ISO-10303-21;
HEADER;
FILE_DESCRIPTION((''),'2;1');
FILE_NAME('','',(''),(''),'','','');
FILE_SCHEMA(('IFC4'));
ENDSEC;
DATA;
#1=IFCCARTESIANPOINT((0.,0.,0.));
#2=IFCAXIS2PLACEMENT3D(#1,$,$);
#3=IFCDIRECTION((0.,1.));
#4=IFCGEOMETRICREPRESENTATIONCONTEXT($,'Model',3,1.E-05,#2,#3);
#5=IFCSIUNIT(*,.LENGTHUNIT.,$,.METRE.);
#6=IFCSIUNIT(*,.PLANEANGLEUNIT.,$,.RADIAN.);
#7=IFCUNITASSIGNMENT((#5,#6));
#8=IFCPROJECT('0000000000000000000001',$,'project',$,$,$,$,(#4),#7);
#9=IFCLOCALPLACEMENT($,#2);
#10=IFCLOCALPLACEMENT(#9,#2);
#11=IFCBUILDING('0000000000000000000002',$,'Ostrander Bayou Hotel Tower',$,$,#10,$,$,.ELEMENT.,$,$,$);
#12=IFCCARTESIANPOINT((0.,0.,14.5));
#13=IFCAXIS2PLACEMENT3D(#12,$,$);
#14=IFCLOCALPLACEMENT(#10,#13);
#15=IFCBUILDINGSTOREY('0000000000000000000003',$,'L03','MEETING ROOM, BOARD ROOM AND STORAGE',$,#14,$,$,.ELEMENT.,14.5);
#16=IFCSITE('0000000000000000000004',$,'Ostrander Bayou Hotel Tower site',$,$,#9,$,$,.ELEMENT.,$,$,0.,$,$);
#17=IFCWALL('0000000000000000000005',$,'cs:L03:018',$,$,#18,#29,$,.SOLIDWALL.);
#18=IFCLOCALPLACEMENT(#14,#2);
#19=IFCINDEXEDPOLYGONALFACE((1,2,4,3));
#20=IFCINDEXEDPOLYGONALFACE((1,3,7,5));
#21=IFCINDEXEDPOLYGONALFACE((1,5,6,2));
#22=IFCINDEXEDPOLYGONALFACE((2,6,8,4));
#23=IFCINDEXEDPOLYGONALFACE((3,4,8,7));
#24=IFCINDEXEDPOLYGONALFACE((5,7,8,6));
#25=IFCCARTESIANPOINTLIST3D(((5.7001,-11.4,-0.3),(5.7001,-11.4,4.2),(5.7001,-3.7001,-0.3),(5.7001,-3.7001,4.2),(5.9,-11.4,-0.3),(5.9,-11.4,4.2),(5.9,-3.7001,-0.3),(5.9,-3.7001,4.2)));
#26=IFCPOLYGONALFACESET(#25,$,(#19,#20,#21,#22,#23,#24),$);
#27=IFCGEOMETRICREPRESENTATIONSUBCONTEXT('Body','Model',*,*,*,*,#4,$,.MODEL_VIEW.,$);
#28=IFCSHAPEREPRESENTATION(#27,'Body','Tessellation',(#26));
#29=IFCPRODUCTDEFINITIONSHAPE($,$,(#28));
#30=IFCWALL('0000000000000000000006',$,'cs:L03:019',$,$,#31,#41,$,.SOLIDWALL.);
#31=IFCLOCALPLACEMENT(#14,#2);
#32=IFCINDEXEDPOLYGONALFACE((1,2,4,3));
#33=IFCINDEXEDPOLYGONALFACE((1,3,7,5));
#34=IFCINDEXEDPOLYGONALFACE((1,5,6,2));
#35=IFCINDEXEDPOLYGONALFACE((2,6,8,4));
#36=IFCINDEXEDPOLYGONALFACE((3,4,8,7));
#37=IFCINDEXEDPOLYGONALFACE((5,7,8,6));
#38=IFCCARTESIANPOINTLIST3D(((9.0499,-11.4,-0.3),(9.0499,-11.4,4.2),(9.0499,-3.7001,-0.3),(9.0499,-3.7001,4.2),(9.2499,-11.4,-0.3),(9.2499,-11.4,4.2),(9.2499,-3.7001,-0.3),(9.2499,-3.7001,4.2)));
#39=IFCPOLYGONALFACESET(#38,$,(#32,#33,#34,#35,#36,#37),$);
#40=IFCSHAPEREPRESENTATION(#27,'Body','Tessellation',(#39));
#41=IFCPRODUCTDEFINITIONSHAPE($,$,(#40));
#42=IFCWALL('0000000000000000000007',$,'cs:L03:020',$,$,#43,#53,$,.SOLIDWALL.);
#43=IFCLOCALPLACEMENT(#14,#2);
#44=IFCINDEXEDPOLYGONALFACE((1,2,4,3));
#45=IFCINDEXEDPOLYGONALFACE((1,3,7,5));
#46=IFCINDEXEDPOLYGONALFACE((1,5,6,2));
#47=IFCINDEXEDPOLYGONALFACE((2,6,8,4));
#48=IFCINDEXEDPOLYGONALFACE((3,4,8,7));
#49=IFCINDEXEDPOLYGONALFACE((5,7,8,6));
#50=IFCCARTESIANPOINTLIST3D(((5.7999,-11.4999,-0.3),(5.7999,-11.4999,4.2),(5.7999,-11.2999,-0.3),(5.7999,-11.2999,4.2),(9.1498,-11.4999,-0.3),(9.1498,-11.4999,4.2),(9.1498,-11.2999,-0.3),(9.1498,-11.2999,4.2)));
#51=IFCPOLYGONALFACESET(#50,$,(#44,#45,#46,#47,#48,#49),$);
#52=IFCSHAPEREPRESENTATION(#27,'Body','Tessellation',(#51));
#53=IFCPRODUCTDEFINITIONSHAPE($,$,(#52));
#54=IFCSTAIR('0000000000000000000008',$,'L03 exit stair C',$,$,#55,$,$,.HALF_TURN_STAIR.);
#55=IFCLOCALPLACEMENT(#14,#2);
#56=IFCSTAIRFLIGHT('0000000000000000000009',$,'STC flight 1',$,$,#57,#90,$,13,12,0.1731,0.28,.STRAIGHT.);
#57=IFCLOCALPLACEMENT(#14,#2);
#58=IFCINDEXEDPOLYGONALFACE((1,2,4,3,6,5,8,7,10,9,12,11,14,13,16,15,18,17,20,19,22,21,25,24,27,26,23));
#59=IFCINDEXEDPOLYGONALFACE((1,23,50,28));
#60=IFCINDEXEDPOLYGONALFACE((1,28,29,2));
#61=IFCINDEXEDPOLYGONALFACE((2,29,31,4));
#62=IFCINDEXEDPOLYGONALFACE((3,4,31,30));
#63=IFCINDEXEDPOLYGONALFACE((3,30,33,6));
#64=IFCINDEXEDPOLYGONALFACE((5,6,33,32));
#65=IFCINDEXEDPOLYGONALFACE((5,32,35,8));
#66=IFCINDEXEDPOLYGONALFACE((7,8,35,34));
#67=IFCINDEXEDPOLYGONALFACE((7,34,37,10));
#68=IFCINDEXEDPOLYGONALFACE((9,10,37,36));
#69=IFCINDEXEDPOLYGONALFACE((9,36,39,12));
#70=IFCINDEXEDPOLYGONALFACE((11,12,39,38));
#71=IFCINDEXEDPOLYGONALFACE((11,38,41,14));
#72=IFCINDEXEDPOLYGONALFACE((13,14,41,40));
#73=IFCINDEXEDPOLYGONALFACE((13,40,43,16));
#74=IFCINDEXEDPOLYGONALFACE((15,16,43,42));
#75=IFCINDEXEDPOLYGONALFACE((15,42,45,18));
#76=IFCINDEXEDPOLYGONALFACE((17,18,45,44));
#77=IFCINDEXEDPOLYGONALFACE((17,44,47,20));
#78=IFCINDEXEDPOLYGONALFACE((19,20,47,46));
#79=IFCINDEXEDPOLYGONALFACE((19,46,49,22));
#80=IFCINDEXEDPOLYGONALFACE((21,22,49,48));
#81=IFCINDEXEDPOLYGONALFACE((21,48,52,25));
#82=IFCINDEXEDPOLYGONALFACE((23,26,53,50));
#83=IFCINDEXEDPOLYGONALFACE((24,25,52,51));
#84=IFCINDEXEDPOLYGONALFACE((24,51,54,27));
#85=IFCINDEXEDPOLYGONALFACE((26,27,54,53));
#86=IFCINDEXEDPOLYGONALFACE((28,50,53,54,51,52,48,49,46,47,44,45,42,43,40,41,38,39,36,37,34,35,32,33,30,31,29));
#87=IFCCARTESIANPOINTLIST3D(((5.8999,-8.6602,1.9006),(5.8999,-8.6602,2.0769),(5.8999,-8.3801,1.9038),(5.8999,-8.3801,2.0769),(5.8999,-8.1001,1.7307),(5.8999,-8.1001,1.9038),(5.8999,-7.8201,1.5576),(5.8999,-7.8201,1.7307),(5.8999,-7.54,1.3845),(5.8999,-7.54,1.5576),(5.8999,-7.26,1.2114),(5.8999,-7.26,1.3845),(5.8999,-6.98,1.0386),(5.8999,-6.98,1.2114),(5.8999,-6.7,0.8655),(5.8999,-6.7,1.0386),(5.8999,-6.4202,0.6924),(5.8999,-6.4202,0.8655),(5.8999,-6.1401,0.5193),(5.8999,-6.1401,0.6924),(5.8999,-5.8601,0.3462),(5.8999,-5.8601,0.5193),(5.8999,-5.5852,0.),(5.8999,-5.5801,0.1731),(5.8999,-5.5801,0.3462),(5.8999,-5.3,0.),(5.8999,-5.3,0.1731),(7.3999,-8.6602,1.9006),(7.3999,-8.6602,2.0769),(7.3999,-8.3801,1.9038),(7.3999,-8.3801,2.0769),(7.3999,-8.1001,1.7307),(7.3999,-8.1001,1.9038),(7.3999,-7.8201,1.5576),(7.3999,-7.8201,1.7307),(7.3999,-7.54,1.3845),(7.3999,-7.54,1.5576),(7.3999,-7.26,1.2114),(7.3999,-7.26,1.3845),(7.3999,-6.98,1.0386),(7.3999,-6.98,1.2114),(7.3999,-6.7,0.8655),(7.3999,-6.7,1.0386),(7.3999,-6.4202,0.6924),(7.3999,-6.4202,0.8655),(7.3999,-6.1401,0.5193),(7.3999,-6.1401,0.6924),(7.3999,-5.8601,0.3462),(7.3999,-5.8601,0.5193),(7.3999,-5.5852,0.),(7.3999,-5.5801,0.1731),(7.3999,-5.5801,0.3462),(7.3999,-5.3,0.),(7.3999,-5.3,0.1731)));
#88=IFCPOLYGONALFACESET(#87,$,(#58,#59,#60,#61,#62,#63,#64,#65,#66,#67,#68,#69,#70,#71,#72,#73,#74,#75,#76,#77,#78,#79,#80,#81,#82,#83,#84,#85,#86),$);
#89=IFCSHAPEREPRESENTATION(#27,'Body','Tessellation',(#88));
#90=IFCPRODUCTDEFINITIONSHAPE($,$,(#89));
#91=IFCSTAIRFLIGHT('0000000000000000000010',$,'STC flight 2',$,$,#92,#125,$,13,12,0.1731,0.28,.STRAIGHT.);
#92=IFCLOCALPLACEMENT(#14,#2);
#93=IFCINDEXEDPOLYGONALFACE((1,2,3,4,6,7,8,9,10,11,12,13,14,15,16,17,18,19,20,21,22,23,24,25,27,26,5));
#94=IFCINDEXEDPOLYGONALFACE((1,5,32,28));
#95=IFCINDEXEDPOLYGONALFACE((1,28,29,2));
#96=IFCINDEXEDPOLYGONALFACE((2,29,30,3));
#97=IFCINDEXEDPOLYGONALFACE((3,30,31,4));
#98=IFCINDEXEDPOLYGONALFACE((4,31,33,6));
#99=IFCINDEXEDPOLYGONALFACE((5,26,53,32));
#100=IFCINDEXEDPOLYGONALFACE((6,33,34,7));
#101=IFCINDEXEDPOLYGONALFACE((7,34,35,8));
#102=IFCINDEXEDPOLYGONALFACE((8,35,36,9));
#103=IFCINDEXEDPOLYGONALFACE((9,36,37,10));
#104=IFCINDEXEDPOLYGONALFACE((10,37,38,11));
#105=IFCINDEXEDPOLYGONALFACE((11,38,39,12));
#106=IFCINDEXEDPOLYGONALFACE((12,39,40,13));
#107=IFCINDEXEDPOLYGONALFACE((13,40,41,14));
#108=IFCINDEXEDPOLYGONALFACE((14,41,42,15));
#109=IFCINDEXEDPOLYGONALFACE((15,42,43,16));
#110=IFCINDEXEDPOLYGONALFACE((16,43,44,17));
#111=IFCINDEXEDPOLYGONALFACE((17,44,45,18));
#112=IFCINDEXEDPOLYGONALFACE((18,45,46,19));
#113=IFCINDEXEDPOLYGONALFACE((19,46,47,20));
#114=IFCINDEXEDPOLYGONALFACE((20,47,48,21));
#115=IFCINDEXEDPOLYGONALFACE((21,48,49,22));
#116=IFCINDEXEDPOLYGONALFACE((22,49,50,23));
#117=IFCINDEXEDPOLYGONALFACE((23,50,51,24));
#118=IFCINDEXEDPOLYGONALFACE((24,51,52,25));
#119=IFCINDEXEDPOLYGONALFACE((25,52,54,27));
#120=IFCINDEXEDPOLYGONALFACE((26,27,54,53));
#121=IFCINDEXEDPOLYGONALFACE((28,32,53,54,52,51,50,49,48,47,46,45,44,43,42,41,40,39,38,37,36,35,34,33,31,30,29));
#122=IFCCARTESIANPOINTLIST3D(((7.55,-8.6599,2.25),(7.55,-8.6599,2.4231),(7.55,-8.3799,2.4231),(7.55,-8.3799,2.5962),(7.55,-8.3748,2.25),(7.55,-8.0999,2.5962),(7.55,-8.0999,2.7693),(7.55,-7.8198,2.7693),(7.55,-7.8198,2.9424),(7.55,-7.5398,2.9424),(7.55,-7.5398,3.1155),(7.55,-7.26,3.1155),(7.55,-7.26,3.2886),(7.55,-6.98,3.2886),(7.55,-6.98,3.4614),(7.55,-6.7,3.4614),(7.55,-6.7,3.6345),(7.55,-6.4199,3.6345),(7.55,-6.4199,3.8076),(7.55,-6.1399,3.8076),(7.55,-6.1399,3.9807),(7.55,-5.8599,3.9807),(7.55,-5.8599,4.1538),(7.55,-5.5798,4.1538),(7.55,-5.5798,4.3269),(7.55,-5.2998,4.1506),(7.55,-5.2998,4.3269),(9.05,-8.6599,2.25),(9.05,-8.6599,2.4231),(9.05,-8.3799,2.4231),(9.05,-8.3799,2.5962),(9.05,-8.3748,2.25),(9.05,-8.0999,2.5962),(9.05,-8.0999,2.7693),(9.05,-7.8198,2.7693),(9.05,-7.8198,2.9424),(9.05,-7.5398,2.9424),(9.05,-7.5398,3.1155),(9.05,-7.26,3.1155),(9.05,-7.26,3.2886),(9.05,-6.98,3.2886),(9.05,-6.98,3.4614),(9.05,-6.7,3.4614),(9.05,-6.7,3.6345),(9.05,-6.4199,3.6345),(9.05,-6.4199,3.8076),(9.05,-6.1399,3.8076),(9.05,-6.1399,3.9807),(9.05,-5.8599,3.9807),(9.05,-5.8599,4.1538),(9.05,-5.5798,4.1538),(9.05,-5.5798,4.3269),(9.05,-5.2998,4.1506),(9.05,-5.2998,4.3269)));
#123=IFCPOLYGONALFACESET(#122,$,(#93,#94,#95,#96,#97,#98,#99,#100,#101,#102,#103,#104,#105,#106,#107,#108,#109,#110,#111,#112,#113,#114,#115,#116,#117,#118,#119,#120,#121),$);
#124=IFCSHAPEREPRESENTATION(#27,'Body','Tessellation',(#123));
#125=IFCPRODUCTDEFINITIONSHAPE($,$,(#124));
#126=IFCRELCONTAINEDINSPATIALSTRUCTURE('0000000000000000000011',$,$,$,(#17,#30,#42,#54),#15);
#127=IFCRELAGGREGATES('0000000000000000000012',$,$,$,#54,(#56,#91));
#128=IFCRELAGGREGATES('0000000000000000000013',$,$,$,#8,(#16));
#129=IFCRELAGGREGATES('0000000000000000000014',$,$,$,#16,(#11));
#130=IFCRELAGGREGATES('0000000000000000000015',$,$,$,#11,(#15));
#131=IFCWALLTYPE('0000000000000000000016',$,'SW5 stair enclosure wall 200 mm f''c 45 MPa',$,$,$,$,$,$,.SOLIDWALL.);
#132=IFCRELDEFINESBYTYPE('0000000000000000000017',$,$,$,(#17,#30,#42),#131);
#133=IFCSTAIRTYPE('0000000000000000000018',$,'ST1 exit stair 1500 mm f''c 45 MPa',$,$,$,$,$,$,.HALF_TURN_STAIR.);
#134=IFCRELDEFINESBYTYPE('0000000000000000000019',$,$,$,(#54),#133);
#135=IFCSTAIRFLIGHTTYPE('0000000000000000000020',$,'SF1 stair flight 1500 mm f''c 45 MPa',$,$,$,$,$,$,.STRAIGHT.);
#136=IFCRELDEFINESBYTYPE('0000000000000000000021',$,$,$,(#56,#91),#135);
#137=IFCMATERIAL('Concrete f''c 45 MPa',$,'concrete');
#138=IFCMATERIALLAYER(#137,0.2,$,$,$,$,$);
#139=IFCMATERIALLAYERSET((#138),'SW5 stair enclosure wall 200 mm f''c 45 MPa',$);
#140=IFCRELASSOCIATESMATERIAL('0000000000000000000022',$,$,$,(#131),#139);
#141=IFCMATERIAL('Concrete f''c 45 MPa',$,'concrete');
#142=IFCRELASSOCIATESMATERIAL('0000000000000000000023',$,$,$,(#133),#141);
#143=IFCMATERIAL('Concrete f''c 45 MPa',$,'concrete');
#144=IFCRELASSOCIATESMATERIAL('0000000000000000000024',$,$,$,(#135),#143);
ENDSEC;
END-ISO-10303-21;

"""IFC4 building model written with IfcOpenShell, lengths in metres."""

from ifc_helpers import new_model, si_unit, direction, frame, frame_2d, origin, place, context, subcontext, project, spatial, polyline, rectangle, outline, extrude, material, layer, layer_set, type_object, element, aggregate, save


model = new_model("IFC4")

# Units and contexts
model_context = context("Model", 3, precision=1e-05, world=origin(), true_north=direction((0.0, 1.0)))
body_context = subcontext(model_context, "Body", "Model", "MODEL_VIEW")
ifc_project = project(units=[si_unit("LENGTHUNIT", "METRE"), si_unit("PLANEANGLEUNIT", "RADIAN")], contexts=[model_context])

# Site, building, storey
site_placement = place(None, origin())
site = spatial("IfcSite", under=ifc_project, at=site_placement, Name="Ostrander Bayou Hotel Tower site", CompositionType="ELEMENT", RefElevation=0.0)
building_placement = place(site_placement, origin())
building = spatial("IfcBuilding", under=site, at=building_placement, Name="Ostrander Bayou Hotel Tower", CompositionType="ELEMENT")
storey_placement = place(building_placement, frame((0.0, 0.0, 14.5)))
storey = spatial("IfcBuildingStorey", under=building, at=storey_placement, Name="L03", Description="MEETING ROOM, BOARD ROOM AND STORAGE", CompositionType="ELEMENT", Elevation=14.5)

# Shared definitions
ifc_material_1 = material(Name="Concrete f'c 45 MPa", Category="concrete")
ifc_layer_1 = layer(ifc_material_1, 0.2)
ifc_layer_set_1 = layer_set([ifc_layer_1], Name="SW5 stair enclosure wall 200 mm f'c 45 MPa")
wall_type_1 = type_object("IfcWallType", Name="SW5 stair enclosure wall 200 mm f'c 45 MPa", PredefinedType="SOLIDWALL", material=ifc_layer_set_1)

# Walls
for number, where, z_axis, x_axis, name in (
    (1, (5.8, -3.7, -0.3), (0.0, 0.0, 1.0), (0.0, -1.0, 0.0), "cs:L03:018"),
    (2, (9.1499, -3.7, -0.3), (0.0, 0.0, 1.0), (0.0, -1.0, 0.0), "cs:L03:019"),
):
    element("IfcWall", number, at=place(storey_placement, frame(where, z_axis=z_axis, x_axis=x_axis)), inside=storey, type_object=wall_type_1, Name=name, PredefinedType="SOLIDWALL", context=body_context, shape_type="SweptSolid", body=[
        extrude(rectangle(XDim=7.7, YDim=0.2, at=frame_2d((3.8501, 0.0))), origin(), (0.0, 0.0, 1.0), 4.5),
    ])
wall_1_placement = place(storey_placement, frame((5.8, -11.3999, -0.3), z_axis=(0.0, 0.0, 1.0), x_axis=(1.0, 0.0, 0.0)))
element("IfcWall", 3, at=wall_1_placement, inside=storey, type_object=wall_type_1, Name="cs:L03:020", PredefinedType="SOLIDWALL", context=body_context, shape_type="SweptSolid", body=[
    extrude(rectangle(XDim=3.3499, YDim=0.2, at=frame_2d((1.6748, 0.0))), origin(), (0.0, 0.0, 1.0), 4.5),
])

# Stair, stair flights
ifc_material_2 = material(Name="Concrete f'c 45 MPa", Category="concrete")
stair_type = type_object("IfcStairType", Name="ST1 exit stair 1500 mm f'c 45 MPa", PredefinedType="HALF_TURN_STAIR", material=ifc_material_2)
stair_placement = place(storey_placement, origin())
stair = element("IfcStair", 4, at=stair_placement, inside=storey, type_object=stair_type, Name="L03 exit stair C", PredefinedType="HALF_TURN_STAIR")
ifc_material_3 = material(Name="Concrete f'c 45 MPa", Category="concrete")
stair_flight_type = type_object("IfcStairFlightType", Name="SF1 stair flight 1500 mm f'c 45 MPa", PredefinedType="STRAIGHT", material=ifc_material_3)
stair_flight_1_placement = place(storey_placement, frame((6.6499, -5.3, 0.0), z_axis=(0.0, 0.0, 1.0), x_axis=(0.0, -1.0, 0.0)))
stair_flight_1 = element("IfcStairFlight", 5, at=stair_flight_1_placement, type_object=stair_flight_type, Name="STC flight 1", NumberOfRisers=13, NumberOfTreads=12, PredefinedType="STRAIGHT", RiserHeight=0.1731, TreadLength=0.28, context=body_context, shape_type="SweptSolid", body=[
    extrude(outline(polyline([(0.0, 0.0), (0.0, 0.1731), (0.28, 0.1731), (0.28, 0.3462), (0.5601, 0.3462), (0.5601, 0.5193), (0.8401, 0.5193), (0.8401, 0.6924), (1.1201, 0.6924), (1.1201, 0.8655), (1.3999, 0.8655), (1.3999, 1.0386), (1.6799, 1.0386), (1.6799, 1.2114), (1.96, 1.2114), (1.96, 1.3845), (2.24, 1.3845), (2.24, 1.5576), (2.52, 1.5576), (2.52, 1.7307), (2.8, 1.7307), (2.8, 1.9038), (3.0801, 1.9038), (3.0801, 2.0769), (3.3601, 2.0769), (3.3601, 2.25), (3.3601, 1.9006), (0.2852, 0.0), (0.0, 0.0)])), frame((0.0, 0.75, 0.0), z_axis=(0.0, -1.0, 0.0), x_axis=(1.0, 0.0, 0.0)), (0.0, 0.0, 1.0), 1.5),
])
stair_flight_2_placement = place(storey_placement, frame((8.3, -8.6599, 2.25), z_axis=(0.0, 0.0, 1.0), x_axis=(0.0, 1.0, 0.0)))
stair_flight_2 = element("IfcStairFlight", 6, at=stair_flight_2_placement, type_object=stair_flight_type, Name="STC flight 2", NumberOfRisers=13, NumberOfTreads=12, PredefinedType="STRAIGHT", RiserHeight=0.1731, TreadLength=0.28, context=body_context, shape_type="SweptSolid", body=[
    extrude(outline(polyline([(0.0, 0.0), (0.0, 0.1731), (0.28, 0.1731), (0.28, 0.3462), (0.5601, 0.3462), (0.5601, 0.5193), (0.8401, 0.5193), (0.8401, 0.6924), (1.1201, 0.6924), (1.1201, 0.8655), (1.3999, 0.8655), (1.3999, 1.0386), (1.6799, 1.0386), (1.6799, 1.2114), (1.96, 1.2114), (1.96, 1.3845), (2.24, 1.3845), (2.24, 1.5576), (2.52, 1.5576), (2.52, 1.7307), (2.8, 1.7307), (2.8, 1.9038), (3.0801, 1.9038), (3.0801, 2.0769), (3.3601, 2.0769), (3.3601, 2.25), (3.3601, 1.9006), (0.2852, 0.0), (0.0, 0.0)])), frame((0.0, 0.75, 0.0), z_axis=(0.0, -1.0, 0.0), x_axis=(1.0, 0.0, 0.0)), (0.0, 0.0, 1.0), 1.5),
])
aggregate(stair, [stair_flight_1, stair_flight_2])

save(model, "model.ifc")
